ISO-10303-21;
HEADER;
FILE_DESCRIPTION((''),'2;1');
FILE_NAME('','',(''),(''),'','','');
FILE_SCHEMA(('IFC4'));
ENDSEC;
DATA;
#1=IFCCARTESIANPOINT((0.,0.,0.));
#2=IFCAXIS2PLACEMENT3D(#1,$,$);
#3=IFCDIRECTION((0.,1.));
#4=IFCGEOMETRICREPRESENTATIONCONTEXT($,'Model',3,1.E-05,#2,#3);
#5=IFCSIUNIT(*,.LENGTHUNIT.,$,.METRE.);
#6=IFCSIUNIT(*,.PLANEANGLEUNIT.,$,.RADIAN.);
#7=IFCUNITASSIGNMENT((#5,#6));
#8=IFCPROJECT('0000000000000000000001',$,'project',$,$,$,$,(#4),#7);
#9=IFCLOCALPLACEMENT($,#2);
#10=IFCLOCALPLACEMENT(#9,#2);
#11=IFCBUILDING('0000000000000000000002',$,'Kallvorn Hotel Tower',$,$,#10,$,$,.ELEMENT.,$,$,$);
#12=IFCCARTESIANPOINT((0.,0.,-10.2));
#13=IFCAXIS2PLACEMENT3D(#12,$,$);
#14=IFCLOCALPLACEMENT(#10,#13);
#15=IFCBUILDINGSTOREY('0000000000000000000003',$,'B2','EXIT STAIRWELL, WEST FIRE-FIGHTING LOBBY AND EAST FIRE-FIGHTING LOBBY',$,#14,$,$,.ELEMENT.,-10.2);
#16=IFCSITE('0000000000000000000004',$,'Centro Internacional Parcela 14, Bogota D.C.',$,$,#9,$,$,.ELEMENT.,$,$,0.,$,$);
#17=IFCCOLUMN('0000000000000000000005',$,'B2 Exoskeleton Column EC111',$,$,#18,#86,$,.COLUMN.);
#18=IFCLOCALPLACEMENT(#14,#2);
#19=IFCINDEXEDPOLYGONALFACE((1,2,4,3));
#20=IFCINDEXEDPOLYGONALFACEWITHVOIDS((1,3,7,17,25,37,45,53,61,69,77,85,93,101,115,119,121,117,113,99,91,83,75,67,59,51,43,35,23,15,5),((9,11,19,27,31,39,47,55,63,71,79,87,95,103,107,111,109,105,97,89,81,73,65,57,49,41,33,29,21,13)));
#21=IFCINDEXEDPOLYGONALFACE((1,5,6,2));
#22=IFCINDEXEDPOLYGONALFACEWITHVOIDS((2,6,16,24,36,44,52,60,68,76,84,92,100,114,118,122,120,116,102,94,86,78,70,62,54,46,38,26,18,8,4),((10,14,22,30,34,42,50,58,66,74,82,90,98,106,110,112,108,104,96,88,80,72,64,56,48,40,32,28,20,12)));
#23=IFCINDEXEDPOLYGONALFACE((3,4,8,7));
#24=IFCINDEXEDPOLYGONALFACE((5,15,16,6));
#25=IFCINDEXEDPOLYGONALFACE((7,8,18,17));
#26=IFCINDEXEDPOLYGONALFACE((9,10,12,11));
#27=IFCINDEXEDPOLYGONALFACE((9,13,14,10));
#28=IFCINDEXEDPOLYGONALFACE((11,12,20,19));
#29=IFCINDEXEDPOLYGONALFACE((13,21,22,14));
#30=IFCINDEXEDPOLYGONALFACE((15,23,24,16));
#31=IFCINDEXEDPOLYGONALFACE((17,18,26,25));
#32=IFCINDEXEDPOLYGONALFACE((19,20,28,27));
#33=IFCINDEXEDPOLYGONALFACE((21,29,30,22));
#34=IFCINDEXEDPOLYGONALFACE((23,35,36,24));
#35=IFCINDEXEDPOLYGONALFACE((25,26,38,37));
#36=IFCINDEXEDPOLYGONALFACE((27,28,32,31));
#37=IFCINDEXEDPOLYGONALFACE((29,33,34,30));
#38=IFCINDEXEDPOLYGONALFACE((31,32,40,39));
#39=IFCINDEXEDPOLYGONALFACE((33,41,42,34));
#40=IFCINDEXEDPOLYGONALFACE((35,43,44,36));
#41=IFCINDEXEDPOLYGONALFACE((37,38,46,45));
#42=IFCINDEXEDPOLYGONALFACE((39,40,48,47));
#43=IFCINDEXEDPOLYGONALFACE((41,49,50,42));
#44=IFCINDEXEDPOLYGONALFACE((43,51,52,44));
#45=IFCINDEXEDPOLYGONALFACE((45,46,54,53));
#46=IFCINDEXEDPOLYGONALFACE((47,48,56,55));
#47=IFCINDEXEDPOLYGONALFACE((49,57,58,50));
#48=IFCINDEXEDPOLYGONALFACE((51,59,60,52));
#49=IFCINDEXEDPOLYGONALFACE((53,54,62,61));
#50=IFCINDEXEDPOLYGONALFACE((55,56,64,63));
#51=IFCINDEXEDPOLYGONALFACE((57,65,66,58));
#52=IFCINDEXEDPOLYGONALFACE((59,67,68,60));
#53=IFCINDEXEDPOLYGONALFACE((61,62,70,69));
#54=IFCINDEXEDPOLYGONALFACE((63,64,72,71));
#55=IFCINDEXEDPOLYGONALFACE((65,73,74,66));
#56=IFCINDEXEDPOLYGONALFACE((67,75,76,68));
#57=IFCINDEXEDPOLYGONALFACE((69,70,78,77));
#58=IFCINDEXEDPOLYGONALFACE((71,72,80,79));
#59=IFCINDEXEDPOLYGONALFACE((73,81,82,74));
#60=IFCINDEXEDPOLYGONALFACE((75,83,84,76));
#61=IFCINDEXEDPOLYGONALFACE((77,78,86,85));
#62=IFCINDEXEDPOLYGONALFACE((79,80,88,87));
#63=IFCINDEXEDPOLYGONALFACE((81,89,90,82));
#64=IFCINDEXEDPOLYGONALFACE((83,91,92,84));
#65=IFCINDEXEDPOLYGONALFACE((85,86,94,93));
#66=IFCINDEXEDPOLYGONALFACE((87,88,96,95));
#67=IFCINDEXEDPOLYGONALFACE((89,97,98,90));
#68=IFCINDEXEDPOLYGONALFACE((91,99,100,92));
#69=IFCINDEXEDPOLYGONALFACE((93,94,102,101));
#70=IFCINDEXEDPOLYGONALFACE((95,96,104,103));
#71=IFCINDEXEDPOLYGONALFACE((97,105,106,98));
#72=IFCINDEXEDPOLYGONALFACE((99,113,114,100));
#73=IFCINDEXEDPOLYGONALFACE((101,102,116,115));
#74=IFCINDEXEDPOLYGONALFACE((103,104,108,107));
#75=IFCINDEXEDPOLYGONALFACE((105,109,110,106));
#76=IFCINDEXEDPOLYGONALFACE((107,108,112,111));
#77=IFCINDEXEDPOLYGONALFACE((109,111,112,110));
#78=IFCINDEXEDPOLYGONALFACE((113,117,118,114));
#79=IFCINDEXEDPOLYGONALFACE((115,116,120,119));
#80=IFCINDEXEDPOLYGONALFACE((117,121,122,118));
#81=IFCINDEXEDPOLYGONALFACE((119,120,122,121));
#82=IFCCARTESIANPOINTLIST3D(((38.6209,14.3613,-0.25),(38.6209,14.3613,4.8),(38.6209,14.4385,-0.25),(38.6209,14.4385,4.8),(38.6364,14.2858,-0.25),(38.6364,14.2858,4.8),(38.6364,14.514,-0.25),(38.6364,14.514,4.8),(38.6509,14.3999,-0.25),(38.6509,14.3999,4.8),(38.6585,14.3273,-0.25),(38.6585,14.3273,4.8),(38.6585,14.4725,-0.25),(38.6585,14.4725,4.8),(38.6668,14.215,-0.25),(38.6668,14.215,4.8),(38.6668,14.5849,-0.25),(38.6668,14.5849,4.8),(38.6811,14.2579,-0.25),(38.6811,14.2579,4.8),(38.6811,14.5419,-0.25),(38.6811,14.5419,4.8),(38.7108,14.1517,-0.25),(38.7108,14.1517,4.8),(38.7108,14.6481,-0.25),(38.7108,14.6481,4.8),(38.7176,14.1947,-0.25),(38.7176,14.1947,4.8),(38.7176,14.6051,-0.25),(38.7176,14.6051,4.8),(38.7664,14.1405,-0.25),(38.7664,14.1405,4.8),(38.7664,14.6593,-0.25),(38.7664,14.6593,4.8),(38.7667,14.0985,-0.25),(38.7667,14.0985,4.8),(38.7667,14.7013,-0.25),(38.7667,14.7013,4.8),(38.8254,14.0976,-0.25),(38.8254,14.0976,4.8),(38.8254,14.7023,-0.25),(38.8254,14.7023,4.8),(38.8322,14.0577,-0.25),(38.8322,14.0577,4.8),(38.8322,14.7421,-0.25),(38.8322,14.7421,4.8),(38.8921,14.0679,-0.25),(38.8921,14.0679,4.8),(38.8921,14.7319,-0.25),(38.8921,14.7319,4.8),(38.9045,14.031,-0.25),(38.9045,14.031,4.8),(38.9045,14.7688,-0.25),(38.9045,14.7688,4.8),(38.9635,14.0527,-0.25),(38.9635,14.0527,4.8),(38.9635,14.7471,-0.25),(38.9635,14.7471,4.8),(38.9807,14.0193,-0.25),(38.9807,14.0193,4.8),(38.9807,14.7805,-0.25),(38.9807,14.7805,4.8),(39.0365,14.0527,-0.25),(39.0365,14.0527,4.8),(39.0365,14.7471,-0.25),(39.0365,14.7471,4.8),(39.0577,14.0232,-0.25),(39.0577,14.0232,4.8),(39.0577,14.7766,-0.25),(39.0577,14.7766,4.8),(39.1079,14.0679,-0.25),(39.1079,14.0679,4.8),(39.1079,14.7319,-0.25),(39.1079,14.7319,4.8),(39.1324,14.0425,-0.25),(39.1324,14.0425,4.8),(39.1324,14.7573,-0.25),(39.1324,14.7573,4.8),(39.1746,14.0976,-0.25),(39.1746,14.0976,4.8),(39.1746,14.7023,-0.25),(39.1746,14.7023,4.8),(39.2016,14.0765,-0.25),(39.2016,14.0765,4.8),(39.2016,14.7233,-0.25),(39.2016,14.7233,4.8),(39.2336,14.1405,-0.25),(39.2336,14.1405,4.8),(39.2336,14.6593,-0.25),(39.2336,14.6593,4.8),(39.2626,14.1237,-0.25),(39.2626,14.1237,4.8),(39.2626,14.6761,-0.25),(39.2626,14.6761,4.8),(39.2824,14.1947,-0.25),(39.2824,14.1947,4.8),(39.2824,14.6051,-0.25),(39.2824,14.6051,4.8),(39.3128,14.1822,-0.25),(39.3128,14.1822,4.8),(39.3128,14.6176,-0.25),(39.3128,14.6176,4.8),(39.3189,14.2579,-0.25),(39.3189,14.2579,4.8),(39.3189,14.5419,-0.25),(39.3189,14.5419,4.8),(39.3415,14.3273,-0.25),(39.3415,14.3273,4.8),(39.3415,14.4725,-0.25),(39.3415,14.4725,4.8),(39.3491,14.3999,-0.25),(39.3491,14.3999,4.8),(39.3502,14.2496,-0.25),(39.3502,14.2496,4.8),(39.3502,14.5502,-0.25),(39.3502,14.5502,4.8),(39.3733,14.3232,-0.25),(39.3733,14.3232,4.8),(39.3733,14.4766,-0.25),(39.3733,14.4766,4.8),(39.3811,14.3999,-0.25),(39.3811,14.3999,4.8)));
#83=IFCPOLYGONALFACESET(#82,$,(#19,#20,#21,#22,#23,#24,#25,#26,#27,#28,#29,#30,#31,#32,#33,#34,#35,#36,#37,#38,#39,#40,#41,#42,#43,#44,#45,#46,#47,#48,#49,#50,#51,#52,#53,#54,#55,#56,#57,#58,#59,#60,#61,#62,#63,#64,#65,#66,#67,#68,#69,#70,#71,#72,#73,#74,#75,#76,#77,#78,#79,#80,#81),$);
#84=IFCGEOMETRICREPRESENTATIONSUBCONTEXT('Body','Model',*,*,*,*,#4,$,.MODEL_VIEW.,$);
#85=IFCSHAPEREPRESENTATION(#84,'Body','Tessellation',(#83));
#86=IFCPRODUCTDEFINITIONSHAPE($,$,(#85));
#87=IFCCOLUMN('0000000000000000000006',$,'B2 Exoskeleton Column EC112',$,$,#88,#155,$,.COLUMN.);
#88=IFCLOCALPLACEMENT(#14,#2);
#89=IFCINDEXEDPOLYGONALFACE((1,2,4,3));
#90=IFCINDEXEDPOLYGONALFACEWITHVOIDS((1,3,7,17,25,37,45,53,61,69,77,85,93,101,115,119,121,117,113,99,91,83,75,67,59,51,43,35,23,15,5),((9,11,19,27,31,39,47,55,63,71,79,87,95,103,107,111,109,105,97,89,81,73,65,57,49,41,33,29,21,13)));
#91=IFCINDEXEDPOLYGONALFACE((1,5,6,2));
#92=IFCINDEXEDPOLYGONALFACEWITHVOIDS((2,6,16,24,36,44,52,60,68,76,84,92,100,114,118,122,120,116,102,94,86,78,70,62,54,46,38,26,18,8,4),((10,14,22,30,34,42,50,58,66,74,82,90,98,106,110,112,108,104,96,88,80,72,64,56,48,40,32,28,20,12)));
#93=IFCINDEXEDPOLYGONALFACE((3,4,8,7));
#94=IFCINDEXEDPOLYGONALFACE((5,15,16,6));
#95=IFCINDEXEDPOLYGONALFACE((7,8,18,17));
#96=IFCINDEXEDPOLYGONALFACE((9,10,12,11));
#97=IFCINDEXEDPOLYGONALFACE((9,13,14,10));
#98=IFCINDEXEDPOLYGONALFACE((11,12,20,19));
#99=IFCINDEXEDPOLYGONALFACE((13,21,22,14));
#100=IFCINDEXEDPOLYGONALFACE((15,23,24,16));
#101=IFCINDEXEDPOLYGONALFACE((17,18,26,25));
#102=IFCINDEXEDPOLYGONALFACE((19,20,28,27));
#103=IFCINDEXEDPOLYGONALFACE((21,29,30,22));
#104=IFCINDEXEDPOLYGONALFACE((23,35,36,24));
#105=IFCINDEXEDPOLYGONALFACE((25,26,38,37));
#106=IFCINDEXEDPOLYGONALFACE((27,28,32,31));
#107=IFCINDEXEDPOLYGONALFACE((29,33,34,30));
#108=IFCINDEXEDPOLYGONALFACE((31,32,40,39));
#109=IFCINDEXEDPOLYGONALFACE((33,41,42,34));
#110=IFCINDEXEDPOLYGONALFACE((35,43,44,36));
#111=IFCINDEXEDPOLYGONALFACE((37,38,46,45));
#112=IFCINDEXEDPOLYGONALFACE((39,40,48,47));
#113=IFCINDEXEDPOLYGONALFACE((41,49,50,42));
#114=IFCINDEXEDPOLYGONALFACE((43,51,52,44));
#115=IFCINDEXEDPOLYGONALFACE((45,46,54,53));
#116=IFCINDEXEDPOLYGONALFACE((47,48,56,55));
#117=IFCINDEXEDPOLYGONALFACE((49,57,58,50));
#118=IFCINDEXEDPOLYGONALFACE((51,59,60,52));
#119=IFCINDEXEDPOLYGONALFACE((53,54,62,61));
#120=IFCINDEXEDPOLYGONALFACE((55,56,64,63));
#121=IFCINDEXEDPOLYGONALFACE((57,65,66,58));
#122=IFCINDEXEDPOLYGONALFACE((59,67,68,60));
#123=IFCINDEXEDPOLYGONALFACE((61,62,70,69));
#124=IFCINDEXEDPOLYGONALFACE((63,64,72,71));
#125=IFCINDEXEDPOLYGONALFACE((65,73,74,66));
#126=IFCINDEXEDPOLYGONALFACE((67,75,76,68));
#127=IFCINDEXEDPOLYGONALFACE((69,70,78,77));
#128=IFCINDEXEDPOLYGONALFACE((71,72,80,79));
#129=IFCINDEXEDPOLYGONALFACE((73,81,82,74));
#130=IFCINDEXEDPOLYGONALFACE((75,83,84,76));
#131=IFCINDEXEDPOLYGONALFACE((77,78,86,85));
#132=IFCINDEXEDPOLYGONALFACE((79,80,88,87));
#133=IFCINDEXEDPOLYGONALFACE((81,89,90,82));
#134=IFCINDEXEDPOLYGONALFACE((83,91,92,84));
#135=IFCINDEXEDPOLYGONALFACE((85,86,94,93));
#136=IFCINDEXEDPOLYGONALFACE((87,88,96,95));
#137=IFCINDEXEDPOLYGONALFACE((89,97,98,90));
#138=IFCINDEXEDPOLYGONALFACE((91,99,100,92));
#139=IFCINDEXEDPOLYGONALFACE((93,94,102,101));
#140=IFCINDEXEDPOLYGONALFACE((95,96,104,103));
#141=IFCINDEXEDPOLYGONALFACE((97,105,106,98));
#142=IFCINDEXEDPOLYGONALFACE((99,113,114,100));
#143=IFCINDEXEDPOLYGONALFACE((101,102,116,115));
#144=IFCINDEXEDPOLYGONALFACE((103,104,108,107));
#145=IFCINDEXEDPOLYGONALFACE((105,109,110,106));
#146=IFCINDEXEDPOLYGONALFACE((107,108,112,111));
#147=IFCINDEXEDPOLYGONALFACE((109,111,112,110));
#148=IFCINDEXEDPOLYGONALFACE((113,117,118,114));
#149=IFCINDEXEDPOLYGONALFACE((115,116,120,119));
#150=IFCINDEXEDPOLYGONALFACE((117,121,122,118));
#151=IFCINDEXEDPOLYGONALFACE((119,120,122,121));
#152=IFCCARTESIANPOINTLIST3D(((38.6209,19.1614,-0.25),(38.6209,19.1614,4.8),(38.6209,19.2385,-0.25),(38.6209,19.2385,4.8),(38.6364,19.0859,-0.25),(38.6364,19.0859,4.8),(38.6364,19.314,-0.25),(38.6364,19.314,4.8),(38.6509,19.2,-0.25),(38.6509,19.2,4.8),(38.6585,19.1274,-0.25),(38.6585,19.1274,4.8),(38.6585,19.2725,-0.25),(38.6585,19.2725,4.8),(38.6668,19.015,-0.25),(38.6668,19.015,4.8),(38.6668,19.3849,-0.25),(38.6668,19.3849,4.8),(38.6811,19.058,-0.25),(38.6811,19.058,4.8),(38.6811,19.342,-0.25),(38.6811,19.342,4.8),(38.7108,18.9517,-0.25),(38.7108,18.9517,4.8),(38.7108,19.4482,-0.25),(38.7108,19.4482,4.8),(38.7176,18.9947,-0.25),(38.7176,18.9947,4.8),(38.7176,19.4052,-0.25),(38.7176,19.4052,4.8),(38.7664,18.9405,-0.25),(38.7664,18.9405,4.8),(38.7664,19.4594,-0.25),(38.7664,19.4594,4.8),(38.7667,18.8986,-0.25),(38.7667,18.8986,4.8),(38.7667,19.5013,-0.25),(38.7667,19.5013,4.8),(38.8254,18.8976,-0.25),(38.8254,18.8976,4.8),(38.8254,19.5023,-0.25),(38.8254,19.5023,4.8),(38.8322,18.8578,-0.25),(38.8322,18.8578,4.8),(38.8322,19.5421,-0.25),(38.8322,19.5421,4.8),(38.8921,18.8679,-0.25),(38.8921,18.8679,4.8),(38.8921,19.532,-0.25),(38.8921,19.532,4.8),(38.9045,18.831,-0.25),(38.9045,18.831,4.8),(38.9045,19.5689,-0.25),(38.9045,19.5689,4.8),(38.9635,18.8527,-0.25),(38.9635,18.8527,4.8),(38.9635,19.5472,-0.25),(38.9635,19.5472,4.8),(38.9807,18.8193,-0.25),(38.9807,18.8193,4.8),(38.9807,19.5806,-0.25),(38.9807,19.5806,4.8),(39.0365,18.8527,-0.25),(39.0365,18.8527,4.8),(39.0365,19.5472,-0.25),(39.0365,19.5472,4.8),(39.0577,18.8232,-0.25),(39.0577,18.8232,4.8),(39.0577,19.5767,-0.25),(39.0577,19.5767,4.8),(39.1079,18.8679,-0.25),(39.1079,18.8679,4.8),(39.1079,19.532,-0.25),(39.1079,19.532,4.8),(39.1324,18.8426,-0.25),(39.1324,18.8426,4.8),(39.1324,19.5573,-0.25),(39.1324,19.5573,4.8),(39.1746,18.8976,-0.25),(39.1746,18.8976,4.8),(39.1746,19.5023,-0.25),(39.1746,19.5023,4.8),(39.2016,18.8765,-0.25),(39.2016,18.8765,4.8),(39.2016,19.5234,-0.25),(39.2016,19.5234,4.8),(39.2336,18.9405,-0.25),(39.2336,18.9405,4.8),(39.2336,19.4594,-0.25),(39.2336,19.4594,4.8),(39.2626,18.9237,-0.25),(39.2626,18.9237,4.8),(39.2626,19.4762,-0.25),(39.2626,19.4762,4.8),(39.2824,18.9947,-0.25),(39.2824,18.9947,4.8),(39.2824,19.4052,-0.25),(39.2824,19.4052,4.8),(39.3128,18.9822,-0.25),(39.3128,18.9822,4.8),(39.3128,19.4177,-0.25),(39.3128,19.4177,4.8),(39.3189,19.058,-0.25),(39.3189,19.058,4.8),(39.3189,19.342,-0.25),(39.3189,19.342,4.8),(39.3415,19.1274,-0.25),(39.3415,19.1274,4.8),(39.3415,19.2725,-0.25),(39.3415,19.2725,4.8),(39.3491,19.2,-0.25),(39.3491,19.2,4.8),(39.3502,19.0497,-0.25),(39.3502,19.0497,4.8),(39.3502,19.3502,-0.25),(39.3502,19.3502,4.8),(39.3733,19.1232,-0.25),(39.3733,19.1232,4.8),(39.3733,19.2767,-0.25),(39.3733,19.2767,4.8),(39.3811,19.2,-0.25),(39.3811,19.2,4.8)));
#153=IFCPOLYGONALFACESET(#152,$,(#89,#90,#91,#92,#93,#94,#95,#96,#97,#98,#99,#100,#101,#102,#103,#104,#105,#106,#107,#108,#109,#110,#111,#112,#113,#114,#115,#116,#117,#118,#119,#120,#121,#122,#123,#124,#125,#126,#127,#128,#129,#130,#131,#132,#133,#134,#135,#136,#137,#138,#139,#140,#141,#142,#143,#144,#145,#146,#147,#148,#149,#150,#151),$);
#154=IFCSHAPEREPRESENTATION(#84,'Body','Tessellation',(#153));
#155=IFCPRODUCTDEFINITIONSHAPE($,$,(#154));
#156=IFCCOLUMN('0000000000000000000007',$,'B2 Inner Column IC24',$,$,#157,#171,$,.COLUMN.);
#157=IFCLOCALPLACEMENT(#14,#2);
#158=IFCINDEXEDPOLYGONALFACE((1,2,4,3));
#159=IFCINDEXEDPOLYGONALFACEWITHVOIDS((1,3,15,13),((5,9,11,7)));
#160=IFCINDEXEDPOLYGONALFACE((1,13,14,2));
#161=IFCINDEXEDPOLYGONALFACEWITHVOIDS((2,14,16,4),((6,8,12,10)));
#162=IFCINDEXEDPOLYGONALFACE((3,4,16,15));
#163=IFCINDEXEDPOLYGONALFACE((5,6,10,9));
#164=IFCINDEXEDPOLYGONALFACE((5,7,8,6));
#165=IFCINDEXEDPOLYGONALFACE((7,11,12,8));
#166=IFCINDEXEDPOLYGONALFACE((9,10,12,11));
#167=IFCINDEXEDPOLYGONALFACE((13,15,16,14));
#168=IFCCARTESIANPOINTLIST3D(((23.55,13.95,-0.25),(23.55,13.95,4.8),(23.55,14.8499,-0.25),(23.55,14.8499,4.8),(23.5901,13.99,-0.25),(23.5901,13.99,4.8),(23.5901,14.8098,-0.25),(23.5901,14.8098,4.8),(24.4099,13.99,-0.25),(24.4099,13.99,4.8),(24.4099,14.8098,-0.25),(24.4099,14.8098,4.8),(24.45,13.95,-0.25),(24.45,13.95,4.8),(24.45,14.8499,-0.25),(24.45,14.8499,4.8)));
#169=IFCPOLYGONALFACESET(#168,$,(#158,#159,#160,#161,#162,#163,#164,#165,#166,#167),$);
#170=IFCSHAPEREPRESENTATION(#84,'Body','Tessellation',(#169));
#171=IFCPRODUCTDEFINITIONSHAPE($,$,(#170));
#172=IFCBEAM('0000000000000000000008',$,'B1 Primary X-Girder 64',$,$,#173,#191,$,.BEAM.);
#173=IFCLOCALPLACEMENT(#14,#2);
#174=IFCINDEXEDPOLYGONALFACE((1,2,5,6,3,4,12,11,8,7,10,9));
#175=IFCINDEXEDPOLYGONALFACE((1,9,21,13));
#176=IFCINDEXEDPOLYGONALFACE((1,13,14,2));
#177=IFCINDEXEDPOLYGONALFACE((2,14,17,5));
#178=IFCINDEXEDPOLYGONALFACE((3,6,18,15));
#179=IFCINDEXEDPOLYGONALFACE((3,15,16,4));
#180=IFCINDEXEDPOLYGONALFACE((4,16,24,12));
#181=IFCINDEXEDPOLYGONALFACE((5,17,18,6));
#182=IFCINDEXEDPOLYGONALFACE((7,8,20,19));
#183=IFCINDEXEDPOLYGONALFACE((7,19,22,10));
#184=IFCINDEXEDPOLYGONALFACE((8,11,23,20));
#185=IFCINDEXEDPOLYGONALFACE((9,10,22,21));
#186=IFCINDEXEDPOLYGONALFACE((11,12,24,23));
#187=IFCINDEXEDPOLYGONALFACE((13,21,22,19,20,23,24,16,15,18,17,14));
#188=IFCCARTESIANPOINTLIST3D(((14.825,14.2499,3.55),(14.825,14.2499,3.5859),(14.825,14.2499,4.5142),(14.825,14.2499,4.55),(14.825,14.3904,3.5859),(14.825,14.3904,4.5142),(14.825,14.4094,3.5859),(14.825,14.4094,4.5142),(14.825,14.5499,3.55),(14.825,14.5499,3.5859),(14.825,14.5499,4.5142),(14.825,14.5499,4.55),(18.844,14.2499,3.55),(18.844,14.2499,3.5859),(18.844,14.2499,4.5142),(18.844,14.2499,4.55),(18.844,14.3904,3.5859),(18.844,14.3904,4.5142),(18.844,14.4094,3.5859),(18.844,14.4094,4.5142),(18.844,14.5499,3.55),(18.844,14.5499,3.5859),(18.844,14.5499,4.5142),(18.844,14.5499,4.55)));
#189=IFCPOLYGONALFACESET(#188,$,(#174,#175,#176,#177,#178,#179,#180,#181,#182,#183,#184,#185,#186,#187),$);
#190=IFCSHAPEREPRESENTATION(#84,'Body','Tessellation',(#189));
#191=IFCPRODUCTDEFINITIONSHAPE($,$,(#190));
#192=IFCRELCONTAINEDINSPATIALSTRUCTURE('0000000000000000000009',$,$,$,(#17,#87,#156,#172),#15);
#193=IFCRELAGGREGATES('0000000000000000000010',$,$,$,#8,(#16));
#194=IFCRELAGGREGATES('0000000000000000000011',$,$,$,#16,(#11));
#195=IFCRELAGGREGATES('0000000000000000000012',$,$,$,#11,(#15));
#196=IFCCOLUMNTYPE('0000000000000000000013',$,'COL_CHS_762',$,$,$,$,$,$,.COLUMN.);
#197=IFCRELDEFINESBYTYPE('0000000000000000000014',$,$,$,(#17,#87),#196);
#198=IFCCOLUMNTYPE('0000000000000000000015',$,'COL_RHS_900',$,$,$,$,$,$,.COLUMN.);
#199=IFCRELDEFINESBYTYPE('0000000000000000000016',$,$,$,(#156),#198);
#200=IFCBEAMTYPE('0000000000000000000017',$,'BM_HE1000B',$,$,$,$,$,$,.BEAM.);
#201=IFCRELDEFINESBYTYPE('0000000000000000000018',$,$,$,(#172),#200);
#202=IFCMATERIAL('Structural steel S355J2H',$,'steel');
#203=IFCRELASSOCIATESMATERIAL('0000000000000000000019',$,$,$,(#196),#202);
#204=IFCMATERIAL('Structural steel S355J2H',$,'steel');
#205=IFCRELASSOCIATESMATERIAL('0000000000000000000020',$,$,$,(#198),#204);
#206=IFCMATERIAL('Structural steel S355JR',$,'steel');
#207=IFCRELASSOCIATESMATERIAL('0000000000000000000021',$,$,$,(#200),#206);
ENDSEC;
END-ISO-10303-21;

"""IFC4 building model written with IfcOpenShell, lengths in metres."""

from ifc_helpers import new_model, si_unit, direction, frame, origin, origin_2d, place, context, subcontext, project, spatial, hollow_rectangle, hollow_circle, i_section, extrude, material, material_profile, profile_set, type_object, element, save


model = new_model("IFC4")

# Units and contexts
model_context = context("Model", 3, precision=1e-05, world=origin(), true_north=direction((0.0, 1.0)))
body_context = subcontext(model_context, "Body", "Model", "MODEL_VIEW")
ifc_project = project(units=[si_unit("LENGTHUNIT", "METRE"), si_unit("PLANEANGLEUNIT", "RADIAN")], contexts=[model_context])

# Site, building, storey
site_placement = place(None, origin())
site = spatial("IfcSite", under=ifc_project, at=site_placement, Name="Centro Internacional Parcela 14, Bogota D.C.", CompositionType="ELEMENT", RefElevation=0.0)
building_placement = place(site_placement, origin())
building = spatial("IfcBuilding", under=site, at=building_placement, Name="Kallvorn Hotel Tower", CompositionType="ELEMENT")
storey_placement = place(building_placement, frame((0.0, 0.0, -10.2)))
storey = spatial("IfcBuildingStorey", under=building, at=storey_placement, Name="B2", Description="EXIT STAIRWELL, WEST FIRE-FIGHTING LOBBY AND EAST FIRE-FIGHTING LOBBY", CompositionType="ELEMENT", Elevation=-10.2)

# Columns
ifc_material_1 = material(Name="Structural steel S355J2H", Category="steel")
ifc_material_profile_1 = material_profile(ifc_material_1, hollow_circle(Radius=0.3811, WallThickness=0.032, at=origin_2d()), Name="CHS 762x32")
ifc_profile_set_1 = profile_set([ifc_material_profile_1], Name="Structural steel S355J2H")
column_type_1 = type_object("IfcColumnType", Name="COL_CHS_762", PredefinedType="COLUMN", material=ifc_profile_set_1)
for number, where, z_axis, x_axis, name in (
    (1, (39.0, 14.3999, -0.25), (0.0, 0.0, 1.0), (1.0, 0.0, 0.0), "B2 Exoskeleton Column EC111"),
    (2, (39.0, 19.2, -0.25), (0.0, 0.0, 1.0), (1.0, 0.0, 0.0), "B2 Exoskeleton Column EC112"),
):
    element("IfcColumn", number, at=place(storey_placement, frame(where, z_axis=z_axis, x_axis=x_axis)), inside=storey, type_object=column_type_1, Name=name, PredefinedType="COLUMN", context=body_context, shape_type="SweptSolid", body=[
        extrude(hollow_circle(Radius=0.3811, WallThickness=0.032, at=origin_2d()), origin(), (0.0, 0.0, 1.0), 5.05),
    ])
ifc_material_2 = material(Name="Structural steel S355J2H", Category="steel")
ifc_material_profile_2 = material_profile(ifc_material_2, hollow_rectangle(XDim=0.8999, YDim=0.8999, WallThickness=0.04, at=origin_2d()), Name="RHS 900x900x40")
ifc_profile_set_2 = profile_set([ifc_material_profile_2], Name="Structural steel S355J2H")
column_type_2 = type_object("IfcColumnType", Name="COL_RHS_900", PredefinedType="COLUMN", material=ifc_profile_set_2)
column_placement = place(storey_placement, frame((24.0, 14.3999, -0.25), z_axis=(0.0, 0.0, 1.0), x_axis=(1.0, 0.0, 0.0)))
element("IfcColumn", 3, at=column_placement, inside=storey, type_object=column_type_2, Name="B2 Inner Column IC24", PredefinedType="COLUMN", context=body_context, shape_type="SweptSolid", body=[
    extrude(hollow_rectangle(XDim=0.8999, YDim=0.8999, WallThickness=0.04, at=origin_2d()), origin(), (0.0, 0.0, 1.0), 5.05),
])

# Beam
ifc_material_3 = material(Name="Structural steel S355JR", Category="steel")
ifc_material_profile_3 = material_profile(ifc_material_3, i_section(OverallWidth=0.3, OverallDepth=1.0, WebThickness=0.019, FlangeThickness=0.0359, at=origin_2d()), Name="HE 1000 B")
ifc_profile_set_3 = profile_set([ifc_material_profile_3], Name="Structural steel S355JR")
beam_type_1 = type_object("IfcBeamType", Name="BM_HE1000B", PredefinedType="BEAM", material=ifc_profile_set_3)
for number, where, z_axis, x_axis, name in (
    (4, (14.825, 14.3999, 4.05), (1.0, 0.0, 0.0), (0.0, 1.0, 0.0), "B1 Primary X-Girder 64"),
):
    element("IfcBeam", number, at=place(storey_placement, frame(where, z_axis=z_axis, x_axis=x_axis)), inside=storey, type_object=beam_type_1, Name=name, PredefinedType="BEAM", context=body_context, shape_type="SweptSolid", body=[
        extrude(i_section(OverallWidth=0.3, OverallDepth=1.0, WebThickness=0.019, FlangeThickness=0.0359, at=origin_2d()), origin(), (0.0, 0.0, 1.0), 4.019),
    ])

save(model, "model.ifc")
